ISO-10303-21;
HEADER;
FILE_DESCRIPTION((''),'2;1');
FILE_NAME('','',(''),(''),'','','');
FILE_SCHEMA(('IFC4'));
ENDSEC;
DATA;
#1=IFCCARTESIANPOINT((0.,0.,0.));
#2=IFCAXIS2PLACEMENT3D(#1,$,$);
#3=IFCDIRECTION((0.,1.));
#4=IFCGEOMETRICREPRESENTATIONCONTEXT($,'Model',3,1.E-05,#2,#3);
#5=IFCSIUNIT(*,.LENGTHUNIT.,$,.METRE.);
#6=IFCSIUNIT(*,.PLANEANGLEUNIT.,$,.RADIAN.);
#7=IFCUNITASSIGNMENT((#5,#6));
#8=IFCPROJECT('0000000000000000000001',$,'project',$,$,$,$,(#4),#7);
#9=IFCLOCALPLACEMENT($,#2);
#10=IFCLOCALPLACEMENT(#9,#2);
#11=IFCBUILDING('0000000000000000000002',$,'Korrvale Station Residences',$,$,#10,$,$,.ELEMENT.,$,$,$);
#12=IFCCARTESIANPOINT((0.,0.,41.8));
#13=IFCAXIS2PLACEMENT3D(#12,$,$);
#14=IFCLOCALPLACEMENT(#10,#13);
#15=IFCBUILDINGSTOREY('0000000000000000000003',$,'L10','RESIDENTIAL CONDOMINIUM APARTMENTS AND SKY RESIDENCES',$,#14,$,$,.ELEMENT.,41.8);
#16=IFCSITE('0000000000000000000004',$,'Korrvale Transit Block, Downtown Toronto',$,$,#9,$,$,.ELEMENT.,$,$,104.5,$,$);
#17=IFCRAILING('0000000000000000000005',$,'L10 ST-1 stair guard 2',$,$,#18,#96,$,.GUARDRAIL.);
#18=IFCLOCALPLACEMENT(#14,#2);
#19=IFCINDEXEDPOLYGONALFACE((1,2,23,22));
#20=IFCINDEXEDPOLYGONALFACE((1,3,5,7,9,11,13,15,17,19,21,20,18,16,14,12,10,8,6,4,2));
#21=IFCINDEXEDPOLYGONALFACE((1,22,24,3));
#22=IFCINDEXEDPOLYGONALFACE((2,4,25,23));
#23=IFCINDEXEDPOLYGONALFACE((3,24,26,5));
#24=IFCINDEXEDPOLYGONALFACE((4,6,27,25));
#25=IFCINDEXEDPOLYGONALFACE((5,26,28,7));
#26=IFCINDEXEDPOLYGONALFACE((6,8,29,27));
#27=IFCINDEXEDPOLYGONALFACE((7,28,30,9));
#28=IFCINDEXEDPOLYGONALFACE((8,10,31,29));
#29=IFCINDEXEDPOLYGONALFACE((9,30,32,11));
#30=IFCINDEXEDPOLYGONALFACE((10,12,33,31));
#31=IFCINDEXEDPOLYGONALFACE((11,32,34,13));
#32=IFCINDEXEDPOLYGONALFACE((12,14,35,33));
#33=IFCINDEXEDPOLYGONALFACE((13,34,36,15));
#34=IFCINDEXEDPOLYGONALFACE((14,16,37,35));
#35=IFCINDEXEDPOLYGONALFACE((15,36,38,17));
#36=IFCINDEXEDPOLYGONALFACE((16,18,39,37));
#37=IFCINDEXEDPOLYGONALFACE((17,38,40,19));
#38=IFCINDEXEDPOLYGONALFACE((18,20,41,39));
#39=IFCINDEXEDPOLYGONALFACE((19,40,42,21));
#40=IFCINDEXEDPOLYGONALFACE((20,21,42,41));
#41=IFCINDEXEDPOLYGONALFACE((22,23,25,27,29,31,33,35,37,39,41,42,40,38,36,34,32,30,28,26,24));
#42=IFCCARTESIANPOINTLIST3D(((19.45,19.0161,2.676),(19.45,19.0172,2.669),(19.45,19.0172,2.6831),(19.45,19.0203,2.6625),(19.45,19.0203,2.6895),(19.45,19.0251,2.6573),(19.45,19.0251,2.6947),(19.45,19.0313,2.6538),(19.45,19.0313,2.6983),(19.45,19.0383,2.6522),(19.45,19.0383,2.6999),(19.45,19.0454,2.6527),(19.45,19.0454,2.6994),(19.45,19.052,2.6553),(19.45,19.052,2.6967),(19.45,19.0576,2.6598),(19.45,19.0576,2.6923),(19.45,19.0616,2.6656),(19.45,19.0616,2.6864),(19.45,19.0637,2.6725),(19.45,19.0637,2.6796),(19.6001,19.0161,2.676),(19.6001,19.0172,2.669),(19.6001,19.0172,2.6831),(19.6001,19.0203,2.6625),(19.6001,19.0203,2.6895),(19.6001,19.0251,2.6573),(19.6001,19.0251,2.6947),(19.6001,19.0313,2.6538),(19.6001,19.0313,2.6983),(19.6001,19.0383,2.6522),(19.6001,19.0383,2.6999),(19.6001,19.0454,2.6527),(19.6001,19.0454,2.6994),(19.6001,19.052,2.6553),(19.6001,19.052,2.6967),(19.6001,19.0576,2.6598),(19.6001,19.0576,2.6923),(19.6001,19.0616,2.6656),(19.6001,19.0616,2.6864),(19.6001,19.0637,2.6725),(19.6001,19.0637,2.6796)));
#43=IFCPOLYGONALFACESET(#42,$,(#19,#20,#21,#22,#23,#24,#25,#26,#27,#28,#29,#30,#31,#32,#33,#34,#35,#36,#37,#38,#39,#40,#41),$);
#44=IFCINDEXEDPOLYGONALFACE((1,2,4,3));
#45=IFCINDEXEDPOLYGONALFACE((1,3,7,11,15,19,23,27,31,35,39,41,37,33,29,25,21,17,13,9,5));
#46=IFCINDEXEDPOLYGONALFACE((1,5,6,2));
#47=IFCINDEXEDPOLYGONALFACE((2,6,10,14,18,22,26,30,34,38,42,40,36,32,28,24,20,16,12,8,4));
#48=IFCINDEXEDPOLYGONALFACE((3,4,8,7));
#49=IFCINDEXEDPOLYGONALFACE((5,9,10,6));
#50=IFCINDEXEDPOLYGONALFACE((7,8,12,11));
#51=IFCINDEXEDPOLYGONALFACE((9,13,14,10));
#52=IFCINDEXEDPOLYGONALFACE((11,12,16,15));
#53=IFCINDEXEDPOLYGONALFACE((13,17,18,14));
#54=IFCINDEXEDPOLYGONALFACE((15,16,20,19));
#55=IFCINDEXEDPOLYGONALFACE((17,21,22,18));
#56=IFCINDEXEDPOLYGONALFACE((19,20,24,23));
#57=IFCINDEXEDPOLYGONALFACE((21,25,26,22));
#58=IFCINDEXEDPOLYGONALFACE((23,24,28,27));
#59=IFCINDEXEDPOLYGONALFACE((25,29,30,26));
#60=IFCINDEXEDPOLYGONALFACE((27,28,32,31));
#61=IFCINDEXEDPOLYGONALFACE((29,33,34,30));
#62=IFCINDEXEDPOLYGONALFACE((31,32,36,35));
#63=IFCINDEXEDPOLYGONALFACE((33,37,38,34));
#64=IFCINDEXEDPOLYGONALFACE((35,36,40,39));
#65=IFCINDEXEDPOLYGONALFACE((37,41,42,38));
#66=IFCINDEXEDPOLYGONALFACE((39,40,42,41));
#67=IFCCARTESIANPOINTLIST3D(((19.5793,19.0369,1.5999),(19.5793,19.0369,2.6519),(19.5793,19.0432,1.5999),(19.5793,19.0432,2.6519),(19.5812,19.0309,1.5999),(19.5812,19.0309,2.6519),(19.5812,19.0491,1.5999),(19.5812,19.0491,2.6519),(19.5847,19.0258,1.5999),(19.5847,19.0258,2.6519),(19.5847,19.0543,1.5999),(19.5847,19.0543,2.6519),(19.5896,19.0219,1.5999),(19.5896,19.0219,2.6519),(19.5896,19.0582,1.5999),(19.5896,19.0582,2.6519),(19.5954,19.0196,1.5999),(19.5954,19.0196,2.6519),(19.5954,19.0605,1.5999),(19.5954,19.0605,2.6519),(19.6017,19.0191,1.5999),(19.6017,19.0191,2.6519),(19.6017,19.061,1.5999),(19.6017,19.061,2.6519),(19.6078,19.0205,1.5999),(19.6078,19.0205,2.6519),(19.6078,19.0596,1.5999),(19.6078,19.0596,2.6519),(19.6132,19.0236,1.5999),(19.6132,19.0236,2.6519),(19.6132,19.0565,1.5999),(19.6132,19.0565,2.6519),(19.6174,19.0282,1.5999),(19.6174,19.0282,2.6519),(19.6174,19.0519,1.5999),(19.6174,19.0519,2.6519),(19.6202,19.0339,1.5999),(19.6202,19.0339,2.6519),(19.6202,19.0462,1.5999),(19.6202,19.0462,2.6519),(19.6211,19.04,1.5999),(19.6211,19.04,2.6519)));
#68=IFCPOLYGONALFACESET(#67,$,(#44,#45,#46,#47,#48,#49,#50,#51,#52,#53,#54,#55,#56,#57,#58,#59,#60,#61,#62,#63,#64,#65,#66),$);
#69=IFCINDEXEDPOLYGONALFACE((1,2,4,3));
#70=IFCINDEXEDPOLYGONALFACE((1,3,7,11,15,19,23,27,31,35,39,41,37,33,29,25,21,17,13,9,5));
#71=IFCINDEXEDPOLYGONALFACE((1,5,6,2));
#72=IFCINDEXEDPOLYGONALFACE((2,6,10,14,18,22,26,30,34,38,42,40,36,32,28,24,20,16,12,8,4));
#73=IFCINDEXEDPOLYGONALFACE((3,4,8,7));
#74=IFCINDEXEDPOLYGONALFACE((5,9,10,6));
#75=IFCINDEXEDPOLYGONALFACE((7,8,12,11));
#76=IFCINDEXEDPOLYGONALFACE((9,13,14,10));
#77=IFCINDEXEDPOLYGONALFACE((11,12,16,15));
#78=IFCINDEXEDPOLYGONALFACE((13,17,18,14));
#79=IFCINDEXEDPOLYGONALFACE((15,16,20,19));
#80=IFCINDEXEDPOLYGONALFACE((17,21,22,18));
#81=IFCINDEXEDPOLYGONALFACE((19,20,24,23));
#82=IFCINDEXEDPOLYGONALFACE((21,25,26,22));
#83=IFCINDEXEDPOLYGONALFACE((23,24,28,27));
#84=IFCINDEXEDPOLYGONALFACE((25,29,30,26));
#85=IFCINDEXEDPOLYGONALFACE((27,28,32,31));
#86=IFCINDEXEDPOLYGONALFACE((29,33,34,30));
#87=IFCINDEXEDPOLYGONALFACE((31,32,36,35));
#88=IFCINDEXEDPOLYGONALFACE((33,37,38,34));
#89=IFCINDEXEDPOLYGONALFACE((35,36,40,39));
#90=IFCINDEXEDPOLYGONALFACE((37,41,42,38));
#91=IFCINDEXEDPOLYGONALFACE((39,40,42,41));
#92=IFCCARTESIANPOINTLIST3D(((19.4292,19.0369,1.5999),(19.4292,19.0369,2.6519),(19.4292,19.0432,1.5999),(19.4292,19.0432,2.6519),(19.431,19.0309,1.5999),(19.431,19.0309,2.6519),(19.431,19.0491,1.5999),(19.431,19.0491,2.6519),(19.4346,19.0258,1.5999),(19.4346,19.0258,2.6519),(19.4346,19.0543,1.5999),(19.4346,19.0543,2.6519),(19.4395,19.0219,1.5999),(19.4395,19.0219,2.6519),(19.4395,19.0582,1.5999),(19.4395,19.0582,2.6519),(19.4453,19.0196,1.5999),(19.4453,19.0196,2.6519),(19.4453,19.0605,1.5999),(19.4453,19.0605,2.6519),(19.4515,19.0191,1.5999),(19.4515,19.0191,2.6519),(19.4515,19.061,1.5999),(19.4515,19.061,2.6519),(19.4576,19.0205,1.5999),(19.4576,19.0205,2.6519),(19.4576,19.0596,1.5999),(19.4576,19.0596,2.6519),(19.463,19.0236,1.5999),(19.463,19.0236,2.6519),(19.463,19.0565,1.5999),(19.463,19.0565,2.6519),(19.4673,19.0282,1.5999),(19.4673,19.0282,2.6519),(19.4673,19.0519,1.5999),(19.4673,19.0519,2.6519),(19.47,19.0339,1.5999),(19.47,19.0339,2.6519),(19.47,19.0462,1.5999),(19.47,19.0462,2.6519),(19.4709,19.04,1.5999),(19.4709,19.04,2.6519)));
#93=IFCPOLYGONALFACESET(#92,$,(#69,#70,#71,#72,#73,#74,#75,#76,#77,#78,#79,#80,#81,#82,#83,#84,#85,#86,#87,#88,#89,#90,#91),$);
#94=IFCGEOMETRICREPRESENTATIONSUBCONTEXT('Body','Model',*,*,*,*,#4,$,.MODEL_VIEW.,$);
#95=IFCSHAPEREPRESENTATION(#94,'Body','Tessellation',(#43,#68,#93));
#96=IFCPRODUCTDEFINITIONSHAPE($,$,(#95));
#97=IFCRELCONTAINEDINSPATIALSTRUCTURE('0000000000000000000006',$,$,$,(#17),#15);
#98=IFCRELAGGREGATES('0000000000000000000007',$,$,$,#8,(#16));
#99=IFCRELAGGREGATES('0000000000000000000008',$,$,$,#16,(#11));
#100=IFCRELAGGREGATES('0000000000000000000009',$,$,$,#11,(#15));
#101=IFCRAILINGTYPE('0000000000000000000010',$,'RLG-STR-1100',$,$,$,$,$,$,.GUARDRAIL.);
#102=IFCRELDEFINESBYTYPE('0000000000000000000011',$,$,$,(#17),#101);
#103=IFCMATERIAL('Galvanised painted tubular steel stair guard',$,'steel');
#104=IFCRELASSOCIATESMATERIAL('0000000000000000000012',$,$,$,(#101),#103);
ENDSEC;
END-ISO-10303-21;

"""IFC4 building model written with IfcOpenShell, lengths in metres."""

from ifc_helpers import new_model, si_unit, direction, frame, origin, origin_2d, place, context, subcontext, project, spatial, circle, extrude, material, type_object, element, save


model = new_model("IFC4")

# Units and contexts
model_context = context("Model", 3, precision=1e-05, world=origin(), true_north=direction((0.0, 1.0)))
body_context = subcontext(model_context, "Body", "Model", "MODEL_VIEW")
ifc_project = project(units=[si_unit("LENGTHUNIT", "METRE"), si_unit("PLANEANGLEUNIT", "RADIAN")], contexts=[model_context])

# Site, building, storey
site_placement = place(None, origin())
site = spatial("IfcSite", under=ifc_project, at=site_placement, Name="Korrvale Transit Block, Downtown Toronto", CompositionType="ELEMENT", RefElevation=104.5)
building_placement = place(site_placement, origin())
building = spatial("IfcBuilding", under=site, at=building_placement, Name="Korrvale Station Residences", CompositionType="ELEMENT")
storey_placement = place(building_placement, frame((0.0, 0.0, 41.8)))
storey = spatial("IfcBuildingStorey", under=building, at=storey_placement, Name="L10", Description="RESIDENTIAL CONDOMINIUM APARTMENTS AND SKY RESIDENCES", CompositionType="ELEMENT", Elevation=41.8)

# Railing
ifc_material_1 = material(Name="Galvanised painted tubular steel stair guard", Category="steel")
railing_type_1 = type_object("IfcRailingType", Name="RLG-STR-1100", PredefinedType="GUARDRAIL", material=ifc_material_1)
railing_1_placement = place(storey_placement, frame((19.6001, 19.04, 1.5999)))
element("IfcRailing", 1, at=railing_1_placement, inside=storey, type_object=railing_type_1, Name="L10 ST-1 stair guard 2", PredefinedType="GUARDRAIL", context=body_context, shape_type="SweptSolid", body=[
    extrude(circle(Radius=0.0239, at=origin_2d()), frame((0.0, 0.0, 1.0762), z_axis=(-1.0, 0.0, 0.0), x_axis=(0.0, -1.0, 0.0)), (0.0, 0.0, 1.0), 0.1501),
    extrude(circle(Radius=0.021, at=origin_2d()), origin(), (0.0, 0.0, 1.0), 1.052),
    extrude(circle(Radius=0.021, at=origin_2d()), frame((-0.1501, 0.0, 0.0)), (0.0, 0.0, 1.0), 1.052),
])

save(model, "model.ifc")
